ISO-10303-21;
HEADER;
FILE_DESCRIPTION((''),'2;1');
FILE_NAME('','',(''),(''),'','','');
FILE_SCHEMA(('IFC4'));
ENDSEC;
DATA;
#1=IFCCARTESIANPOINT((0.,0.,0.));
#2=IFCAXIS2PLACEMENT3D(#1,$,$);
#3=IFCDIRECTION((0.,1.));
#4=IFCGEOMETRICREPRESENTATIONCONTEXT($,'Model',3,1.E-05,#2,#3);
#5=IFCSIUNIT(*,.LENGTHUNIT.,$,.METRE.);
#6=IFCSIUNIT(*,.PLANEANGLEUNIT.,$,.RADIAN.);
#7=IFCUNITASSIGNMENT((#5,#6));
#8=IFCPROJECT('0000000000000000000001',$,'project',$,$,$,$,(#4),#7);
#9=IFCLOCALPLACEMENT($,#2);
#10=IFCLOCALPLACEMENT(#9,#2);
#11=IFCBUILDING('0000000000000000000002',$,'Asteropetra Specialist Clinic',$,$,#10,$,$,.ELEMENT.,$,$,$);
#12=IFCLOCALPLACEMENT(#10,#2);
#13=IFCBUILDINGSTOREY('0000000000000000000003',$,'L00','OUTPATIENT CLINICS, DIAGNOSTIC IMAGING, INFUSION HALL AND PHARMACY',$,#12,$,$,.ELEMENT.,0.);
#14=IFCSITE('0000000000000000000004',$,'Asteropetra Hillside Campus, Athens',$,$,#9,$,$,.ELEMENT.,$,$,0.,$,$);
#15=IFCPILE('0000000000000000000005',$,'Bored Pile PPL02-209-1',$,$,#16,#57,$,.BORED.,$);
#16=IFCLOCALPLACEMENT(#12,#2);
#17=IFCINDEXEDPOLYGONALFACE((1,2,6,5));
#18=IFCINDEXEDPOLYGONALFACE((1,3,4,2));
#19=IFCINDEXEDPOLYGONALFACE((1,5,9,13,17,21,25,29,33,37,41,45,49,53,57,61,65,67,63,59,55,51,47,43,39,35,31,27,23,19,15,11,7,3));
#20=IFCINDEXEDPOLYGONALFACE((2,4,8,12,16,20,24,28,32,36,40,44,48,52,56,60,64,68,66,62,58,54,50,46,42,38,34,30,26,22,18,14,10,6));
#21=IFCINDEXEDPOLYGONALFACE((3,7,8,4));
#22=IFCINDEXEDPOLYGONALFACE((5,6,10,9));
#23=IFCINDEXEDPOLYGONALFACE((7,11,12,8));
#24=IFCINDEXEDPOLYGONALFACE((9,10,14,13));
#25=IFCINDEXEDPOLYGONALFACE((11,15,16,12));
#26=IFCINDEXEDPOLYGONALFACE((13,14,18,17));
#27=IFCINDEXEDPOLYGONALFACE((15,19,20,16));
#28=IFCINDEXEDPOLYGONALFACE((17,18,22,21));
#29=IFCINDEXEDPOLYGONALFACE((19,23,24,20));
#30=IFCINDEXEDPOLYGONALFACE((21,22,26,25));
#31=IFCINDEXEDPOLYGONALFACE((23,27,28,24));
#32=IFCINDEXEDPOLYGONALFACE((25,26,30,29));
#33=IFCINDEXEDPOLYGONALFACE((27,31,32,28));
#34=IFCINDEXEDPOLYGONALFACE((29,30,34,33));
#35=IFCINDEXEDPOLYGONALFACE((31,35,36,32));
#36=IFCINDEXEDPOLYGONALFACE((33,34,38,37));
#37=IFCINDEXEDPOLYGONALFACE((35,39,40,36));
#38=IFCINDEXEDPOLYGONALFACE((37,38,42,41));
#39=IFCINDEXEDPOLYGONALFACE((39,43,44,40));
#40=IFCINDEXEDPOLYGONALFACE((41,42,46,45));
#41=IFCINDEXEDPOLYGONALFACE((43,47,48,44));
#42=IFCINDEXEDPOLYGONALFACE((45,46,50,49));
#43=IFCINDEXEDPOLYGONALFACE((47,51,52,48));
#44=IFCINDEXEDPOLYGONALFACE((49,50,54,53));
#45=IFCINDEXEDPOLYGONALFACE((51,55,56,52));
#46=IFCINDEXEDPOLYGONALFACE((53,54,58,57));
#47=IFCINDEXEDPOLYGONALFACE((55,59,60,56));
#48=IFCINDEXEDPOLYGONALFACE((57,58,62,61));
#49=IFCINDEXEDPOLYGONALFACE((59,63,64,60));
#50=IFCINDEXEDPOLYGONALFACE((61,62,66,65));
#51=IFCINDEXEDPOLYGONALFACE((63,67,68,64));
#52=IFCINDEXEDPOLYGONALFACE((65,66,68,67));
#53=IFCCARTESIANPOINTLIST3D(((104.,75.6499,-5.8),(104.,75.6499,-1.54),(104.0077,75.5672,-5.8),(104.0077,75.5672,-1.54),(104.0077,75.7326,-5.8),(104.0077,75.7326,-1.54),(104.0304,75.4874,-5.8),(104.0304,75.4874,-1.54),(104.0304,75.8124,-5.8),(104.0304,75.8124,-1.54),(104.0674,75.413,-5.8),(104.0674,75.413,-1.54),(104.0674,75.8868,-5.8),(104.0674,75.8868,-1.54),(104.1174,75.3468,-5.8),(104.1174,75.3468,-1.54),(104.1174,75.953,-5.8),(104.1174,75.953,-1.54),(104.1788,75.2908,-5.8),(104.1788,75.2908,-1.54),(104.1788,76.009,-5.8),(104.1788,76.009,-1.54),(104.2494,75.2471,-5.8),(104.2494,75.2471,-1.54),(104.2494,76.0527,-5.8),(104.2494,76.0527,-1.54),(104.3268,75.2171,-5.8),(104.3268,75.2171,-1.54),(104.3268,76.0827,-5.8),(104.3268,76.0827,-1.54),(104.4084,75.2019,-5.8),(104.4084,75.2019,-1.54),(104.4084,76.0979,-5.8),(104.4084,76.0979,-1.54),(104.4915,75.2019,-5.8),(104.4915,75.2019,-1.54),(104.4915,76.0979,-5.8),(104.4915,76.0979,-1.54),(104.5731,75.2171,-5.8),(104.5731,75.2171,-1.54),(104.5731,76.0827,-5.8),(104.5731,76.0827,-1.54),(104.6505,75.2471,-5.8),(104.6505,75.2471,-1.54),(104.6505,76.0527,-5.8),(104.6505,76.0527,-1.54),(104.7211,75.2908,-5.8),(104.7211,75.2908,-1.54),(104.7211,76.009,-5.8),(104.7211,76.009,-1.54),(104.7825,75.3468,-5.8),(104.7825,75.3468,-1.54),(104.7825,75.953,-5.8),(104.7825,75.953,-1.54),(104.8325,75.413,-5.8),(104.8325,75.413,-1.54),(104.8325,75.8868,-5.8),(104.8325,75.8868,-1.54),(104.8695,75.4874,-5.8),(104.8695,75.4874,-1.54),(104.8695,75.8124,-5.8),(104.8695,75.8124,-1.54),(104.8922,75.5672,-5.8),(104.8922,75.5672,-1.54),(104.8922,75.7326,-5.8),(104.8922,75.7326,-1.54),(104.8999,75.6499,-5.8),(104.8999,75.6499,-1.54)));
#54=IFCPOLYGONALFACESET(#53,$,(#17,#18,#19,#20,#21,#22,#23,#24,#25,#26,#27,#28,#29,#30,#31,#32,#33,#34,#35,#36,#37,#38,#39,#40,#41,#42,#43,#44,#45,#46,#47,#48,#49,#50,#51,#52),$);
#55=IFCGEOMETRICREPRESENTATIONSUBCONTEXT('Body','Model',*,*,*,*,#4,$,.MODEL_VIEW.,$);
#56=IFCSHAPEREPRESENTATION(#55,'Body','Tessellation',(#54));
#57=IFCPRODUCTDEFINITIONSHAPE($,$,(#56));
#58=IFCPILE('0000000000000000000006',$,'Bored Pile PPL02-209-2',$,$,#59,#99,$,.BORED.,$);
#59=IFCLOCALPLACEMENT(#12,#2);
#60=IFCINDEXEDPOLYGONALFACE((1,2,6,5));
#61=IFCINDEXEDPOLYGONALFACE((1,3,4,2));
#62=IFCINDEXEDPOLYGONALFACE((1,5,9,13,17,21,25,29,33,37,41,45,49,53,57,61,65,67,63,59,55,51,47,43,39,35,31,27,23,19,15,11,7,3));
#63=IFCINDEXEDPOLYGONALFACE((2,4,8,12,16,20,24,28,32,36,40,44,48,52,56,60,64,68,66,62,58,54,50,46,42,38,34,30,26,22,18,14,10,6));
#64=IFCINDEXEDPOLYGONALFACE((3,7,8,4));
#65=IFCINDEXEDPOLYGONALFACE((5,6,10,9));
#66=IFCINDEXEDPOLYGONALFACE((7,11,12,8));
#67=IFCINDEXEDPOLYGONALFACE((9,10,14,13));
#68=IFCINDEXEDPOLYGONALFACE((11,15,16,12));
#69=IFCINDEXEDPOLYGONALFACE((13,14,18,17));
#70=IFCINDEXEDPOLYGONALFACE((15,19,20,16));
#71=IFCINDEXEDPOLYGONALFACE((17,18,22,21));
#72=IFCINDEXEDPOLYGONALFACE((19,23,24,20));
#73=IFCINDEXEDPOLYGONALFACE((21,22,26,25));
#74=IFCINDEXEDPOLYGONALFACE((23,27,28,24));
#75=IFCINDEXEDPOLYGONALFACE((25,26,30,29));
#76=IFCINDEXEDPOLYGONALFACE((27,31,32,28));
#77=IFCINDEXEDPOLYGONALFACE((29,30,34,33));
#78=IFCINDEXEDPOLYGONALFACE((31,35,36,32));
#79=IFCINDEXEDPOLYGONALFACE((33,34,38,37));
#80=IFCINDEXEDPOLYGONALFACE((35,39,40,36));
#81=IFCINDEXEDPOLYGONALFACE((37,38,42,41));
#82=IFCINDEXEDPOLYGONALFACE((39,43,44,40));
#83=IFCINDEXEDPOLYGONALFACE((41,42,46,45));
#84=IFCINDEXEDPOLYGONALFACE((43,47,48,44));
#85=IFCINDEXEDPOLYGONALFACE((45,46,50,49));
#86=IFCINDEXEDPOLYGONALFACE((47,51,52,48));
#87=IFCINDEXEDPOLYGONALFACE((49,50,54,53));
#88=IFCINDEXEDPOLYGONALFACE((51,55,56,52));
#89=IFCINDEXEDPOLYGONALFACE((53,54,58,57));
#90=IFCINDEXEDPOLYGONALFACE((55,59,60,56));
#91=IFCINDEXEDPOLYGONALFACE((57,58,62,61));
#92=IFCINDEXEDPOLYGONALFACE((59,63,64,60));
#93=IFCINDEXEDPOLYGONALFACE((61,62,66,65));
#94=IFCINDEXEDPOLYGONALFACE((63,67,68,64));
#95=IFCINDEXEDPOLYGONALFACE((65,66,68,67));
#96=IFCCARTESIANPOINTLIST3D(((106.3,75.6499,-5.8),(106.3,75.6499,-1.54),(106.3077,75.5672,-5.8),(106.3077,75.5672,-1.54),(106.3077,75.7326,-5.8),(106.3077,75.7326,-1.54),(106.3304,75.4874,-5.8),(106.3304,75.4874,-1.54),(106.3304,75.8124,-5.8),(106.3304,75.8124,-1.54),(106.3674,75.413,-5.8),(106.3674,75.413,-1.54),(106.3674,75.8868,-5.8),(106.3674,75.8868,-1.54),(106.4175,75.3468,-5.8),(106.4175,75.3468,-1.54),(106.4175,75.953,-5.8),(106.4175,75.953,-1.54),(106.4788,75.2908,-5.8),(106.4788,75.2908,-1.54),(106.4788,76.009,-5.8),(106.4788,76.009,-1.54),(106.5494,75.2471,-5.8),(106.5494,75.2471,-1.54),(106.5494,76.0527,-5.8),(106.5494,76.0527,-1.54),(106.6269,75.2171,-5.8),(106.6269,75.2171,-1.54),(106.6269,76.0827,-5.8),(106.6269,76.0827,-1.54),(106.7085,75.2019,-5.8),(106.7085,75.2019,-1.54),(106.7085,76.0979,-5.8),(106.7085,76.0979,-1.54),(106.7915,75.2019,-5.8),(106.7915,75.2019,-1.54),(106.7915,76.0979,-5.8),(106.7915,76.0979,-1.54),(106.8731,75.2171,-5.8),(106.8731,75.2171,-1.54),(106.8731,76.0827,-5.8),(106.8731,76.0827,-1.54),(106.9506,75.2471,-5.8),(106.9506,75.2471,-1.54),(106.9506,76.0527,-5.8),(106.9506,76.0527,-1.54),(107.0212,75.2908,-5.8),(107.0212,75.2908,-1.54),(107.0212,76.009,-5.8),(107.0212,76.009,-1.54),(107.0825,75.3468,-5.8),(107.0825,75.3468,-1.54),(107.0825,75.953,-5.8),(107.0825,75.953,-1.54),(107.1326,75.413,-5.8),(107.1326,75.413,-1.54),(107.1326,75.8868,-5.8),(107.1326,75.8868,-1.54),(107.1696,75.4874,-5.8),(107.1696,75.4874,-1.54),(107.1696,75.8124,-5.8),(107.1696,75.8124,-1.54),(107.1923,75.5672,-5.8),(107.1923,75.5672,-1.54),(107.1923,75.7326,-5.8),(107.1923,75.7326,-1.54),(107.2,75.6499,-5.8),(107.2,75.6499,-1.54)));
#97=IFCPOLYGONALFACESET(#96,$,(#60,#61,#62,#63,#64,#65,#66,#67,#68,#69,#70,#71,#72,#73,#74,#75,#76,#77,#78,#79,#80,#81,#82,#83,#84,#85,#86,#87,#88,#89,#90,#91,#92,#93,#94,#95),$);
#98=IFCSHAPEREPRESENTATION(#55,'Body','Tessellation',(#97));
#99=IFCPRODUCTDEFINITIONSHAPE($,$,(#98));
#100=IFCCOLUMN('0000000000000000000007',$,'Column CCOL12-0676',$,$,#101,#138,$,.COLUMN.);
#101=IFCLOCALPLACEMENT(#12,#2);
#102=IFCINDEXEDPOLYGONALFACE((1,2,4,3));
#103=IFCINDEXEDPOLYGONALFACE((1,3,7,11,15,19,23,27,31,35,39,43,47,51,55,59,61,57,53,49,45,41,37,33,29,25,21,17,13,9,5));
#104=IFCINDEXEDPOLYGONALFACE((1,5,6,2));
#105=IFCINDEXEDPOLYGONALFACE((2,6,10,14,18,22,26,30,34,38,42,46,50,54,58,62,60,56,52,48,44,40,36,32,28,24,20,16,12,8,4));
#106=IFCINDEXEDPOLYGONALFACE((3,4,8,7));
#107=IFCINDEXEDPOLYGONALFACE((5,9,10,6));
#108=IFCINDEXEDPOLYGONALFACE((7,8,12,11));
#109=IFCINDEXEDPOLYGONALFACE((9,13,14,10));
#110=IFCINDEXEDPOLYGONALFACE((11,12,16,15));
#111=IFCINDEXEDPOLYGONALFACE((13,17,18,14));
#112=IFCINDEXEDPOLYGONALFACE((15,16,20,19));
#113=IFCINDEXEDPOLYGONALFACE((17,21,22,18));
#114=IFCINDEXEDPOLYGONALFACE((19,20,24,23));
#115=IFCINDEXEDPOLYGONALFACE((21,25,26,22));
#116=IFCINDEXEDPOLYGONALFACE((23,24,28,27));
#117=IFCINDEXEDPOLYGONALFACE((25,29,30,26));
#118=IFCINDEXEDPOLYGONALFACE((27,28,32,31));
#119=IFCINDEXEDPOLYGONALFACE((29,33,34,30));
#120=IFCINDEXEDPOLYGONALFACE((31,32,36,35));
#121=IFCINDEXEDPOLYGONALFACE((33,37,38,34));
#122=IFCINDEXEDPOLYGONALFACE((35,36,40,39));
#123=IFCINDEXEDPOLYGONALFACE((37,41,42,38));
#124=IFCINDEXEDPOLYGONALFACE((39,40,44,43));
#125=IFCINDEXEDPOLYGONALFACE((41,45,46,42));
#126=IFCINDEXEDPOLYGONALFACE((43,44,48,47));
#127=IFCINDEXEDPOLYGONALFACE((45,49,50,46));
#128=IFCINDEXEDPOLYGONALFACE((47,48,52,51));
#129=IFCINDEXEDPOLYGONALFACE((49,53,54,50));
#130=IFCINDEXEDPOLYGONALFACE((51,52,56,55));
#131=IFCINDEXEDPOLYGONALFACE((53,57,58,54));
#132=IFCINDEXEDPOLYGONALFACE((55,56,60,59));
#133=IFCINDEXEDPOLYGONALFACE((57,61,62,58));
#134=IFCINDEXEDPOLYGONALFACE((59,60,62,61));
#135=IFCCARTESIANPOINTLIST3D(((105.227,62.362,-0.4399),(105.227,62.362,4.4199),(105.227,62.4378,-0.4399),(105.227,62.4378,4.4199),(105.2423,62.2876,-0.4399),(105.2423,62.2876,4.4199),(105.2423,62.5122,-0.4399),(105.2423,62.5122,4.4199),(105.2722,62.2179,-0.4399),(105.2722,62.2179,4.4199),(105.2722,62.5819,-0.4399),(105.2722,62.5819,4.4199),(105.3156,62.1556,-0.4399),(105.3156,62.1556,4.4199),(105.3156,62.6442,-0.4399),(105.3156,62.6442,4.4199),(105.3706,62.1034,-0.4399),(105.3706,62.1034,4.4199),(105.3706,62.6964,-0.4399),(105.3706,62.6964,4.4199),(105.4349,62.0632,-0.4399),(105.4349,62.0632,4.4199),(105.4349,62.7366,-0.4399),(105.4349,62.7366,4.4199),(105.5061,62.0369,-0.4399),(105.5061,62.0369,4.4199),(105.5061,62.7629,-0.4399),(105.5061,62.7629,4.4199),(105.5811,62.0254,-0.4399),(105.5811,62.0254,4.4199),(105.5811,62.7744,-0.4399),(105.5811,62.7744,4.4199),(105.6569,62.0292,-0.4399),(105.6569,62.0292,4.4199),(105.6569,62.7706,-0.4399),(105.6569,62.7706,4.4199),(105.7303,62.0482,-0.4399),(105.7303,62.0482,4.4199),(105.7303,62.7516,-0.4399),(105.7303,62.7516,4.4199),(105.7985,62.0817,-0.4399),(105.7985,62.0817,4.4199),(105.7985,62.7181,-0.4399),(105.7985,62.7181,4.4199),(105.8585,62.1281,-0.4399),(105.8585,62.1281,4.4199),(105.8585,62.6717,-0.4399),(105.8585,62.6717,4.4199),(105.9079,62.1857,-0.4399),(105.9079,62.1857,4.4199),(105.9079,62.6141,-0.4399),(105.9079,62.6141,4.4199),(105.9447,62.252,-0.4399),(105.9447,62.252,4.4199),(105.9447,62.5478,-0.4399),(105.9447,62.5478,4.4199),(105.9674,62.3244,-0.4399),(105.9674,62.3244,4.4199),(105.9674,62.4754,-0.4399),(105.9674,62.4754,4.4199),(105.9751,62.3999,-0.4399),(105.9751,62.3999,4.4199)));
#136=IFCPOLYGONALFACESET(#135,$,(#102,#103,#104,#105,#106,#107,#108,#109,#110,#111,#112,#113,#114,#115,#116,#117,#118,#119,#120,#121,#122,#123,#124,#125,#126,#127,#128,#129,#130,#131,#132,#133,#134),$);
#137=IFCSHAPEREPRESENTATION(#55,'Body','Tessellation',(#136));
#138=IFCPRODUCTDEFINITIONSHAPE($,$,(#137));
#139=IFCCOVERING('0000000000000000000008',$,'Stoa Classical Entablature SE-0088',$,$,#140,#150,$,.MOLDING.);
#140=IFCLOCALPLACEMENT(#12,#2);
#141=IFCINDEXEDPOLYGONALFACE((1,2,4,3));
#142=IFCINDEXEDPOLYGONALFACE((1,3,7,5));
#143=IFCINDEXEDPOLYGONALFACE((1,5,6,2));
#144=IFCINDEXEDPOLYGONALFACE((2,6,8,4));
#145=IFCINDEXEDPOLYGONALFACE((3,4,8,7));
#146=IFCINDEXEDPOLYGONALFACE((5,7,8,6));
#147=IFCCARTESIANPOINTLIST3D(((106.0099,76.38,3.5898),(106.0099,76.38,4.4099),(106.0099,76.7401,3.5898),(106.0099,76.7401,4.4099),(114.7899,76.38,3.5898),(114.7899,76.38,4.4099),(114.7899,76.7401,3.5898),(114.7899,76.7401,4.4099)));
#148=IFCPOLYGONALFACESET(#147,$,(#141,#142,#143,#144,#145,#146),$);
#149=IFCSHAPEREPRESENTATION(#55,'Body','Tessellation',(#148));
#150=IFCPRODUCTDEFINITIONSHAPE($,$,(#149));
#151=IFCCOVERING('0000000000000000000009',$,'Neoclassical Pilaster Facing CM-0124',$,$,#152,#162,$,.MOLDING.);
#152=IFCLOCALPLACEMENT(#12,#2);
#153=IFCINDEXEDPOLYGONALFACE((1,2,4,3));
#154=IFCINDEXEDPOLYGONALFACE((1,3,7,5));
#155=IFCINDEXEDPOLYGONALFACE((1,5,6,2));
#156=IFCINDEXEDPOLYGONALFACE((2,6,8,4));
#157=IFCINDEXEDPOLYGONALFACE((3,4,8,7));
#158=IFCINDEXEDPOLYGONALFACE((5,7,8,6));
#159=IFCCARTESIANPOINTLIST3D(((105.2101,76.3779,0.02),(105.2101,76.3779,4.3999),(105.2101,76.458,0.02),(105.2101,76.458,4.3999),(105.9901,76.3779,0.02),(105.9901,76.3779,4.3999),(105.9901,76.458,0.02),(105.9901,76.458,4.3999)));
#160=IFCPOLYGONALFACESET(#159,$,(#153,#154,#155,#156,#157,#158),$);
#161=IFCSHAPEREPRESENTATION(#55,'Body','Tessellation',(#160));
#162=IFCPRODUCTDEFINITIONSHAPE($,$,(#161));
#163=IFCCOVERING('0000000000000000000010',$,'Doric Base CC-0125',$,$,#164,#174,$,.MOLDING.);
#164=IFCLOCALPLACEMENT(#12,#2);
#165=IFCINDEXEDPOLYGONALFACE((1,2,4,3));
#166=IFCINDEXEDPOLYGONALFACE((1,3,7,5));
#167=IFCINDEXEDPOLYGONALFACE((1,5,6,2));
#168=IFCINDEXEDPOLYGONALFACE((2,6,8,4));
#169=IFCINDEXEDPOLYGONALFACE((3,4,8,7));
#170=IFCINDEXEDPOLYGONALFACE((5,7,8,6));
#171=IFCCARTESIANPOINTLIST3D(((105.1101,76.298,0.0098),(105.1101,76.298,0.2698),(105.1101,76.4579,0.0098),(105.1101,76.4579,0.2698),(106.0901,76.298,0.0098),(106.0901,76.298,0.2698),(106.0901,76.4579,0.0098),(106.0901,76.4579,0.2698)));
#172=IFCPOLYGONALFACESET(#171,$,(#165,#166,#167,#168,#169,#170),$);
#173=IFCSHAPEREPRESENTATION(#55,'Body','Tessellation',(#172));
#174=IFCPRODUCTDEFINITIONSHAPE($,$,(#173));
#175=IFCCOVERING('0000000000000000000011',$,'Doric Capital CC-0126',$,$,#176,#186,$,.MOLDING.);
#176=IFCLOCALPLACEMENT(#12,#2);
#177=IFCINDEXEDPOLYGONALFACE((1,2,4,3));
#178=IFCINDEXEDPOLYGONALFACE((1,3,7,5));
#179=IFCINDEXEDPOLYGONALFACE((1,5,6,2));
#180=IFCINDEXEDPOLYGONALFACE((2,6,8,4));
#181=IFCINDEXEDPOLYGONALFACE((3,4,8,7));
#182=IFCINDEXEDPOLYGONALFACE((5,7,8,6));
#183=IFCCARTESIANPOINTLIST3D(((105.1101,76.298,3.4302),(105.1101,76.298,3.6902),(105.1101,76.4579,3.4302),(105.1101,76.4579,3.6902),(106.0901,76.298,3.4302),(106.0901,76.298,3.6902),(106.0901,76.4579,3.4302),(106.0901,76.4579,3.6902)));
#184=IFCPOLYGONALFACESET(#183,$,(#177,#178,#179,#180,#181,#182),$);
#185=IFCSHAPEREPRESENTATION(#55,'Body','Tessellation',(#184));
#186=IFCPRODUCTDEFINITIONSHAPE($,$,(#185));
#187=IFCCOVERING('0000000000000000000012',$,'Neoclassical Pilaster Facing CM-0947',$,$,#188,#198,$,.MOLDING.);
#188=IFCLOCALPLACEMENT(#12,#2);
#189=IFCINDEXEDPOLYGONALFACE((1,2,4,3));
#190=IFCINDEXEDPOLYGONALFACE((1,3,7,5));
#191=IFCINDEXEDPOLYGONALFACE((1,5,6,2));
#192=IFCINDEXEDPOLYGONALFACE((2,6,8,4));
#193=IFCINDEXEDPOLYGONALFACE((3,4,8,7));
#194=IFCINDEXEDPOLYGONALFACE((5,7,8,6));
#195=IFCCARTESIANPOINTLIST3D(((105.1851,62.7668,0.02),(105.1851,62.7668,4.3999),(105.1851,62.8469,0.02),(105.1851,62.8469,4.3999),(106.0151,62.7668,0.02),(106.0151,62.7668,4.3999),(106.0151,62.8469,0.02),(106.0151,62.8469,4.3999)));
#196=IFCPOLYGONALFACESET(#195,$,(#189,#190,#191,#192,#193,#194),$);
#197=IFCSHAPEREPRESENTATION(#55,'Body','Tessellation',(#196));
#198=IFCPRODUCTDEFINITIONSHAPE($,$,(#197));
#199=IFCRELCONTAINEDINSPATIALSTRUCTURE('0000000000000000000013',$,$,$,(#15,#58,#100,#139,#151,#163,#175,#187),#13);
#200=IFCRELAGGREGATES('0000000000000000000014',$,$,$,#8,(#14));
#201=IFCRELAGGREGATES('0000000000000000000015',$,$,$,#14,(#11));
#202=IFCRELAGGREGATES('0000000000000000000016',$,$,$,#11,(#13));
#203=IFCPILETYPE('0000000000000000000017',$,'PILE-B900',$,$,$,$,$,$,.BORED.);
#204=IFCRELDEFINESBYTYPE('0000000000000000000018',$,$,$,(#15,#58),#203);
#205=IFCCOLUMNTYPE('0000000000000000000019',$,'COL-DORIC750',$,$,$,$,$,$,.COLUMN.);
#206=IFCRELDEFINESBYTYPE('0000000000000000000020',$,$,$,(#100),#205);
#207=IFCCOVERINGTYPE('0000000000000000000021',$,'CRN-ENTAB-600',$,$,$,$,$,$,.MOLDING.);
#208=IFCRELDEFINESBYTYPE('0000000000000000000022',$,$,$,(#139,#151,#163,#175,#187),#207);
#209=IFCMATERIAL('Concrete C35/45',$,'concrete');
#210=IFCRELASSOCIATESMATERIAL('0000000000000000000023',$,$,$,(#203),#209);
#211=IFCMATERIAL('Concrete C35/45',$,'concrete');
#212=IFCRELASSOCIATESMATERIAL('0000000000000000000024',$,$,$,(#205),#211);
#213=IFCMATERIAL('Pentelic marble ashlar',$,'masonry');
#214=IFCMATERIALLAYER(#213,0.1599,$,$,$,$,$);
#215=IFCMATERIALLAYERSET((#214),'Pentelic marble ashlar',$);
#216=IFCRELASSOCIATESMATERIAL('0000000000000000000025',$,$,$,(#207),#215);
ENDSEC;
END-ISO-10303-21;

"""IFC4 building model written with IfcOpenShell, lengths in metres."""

from ifc_helpers import new_model, si_unit, direction, frame, origin, origin_2d, place, context, subcontext, project, spatial, rectangle, circle, extrude, material, layer, layer_set, material_profile, profile_set, type_object, element, save


model = new_model("IFC4")

# Units and contexts
model_context = context("Model", 3, precision=1e-05, world=origin(), true_north=direction((0.0, 1.0)))
body_context = subcontext(model_context, "Body", "Model", "MODEL_VIEW")
ifc_project = project(units=[si_unit("LENGTHUNIT", "METRE"), si_unit("PLANEANGLEUNIT", "RADIAN")], contexts=[model_context])

# Site, building, storey
site_placement = place(None, origin())
site = spatial("IfcSite", under=ifc_project, at=site_placement, Name="Asteropetra Hillside Campus, Athens", CompositionType="ELEMENT", RefElevation=0.0)
building_placement = place(site_placement, origin())
building = spatial("IfcBuilding", under=site, at=building_placement, Name="Asteropetra Specialist Clinic", CompositionType="ELEMENT")
storey_placement = place(building_placement, origin())
storey = spatial("IfcBuildingStorey", under=building, at=storey_placement, Name="L00", Description="OUTPATIENT CLINICS, DIAGNOSTIC IMAGING, INFUSION HALL AND PHARMACY", CompositionType="ELEMENT", Elevation=0.0)

# Piles
ifc_material_1 = material(Name="Concrete C35/45", Category="concrete")
ifc_material_profile_1 = material_profile(ifc_material_1, circle(Radius=0.45, at=origin_2d()), Name="PILE D900")
ifc_profile_set_1 = profile_set([ifc_material_profile_1], Name="Concrete C35/45")
pile_type_1 = type_object("IfcPileType", Name="PILE-B900", PredefinedType="BORED", material=ifc_profile_set_1)
for number, where, z_axis, x_axis, name in (
    (1, (104.45, 75.6499, -1.54), (0.0, 0.0, -1.0), (1.0, 0.0, 0.0), "Bored Pile PPL02-209-1"),
    (2, (106.75, 75.6499, -1.54), (0.0, 0.0, -1.0), (1.0, 0.0, 0.0), "Bored Pile PPL02-209-2"),
):
    element("IfcPile", number, at=place(storey_placement, frame(where, z_axis=z_axis, x_axis=x_axis)), inside=storey, type_object=pile_type_1, Name=name, PredefinedType="BORED", context=body_context, shape_type="SweptSolid", body=[
        extrude(circle(Radius=0.45, at=origin_2d()), origin(), (0.0, 0.0, 1.0), 4.26),
    ])

# Column
ifc_material_2 = material(Name="Concrete C35/45", Category="concrete")
ifc_material_profile_2 = material_profile(ifc_material_2, circle(Radius=0.375, at=origin_2d()), Name="RCC D750")
ifc_profile_set_2 = profile_set([ifc_material_profile_2], Name="Concrete C35/45")
column_type = type_object("IfcColumnType", Name="COL-DORIC750", PredefinedType="COLUMN", material=ifc_profile_set_2)
column_placement = place(storey_placement, frame((105.6001, 62.3999, -0.4399), z_axis=(0.0, 0.0, 1.0), x_axis=(1.0, 0.0, 0.0)))
element("IfcColumn", 3, at=column_placement, inside=storey, type_object=column_type, Name="Column CCOL12-0676", PredefinedType="COLUMN", context=body_context, shape_type="SweptSolid", body=[
    extrude(circle(Radius=0.375, at=origin_2d()), origin(), (0.0, 0.0, 1.0), 4.8599),
])

# Coverings
ifc_material_3 = material(Name="Pentelic marble ashlar", Category="masonry")
ifc_layer = layer(ifc_material_3, 0.1599)
ifc_layer_set = layer_set([ifc_layer], Name="Pentelic marble ashlar")
covering_type = type_object("IfcCoveringType", Name="CRN-ENTAB-600", PredefinedType="MOLDING", material=ifc_layer_set)
covering_1_placement = place(storey_placement, frame((110.3999, 76.5601, 3.5898), z_axis=(0.0, 0.0, 1.0), x_axis=(1.0, 0.0, 0.0)))
element("IfcCovering", 4, at=covering_1_placement, inside=storey, type_object=covering_type, Name="Stoa Classical Entablature SE-0088", PredefinedType="MOLDING", context=body_context, shape_type="SweptSolid", body=[
    extrude(rectangle(XDim=8.78, YDim=0.3601, at=origin_2d()), origin(), (0.0, 0.0, 1.0), 0.8201),
])
covering_2_placement = place(storey_placement, frame((105.6001, 76.418, 0.02), z_axis=(0.0, 0.0, 1.0), x_axis=(1.0, 0.0, 0.0)))
element("IfcCovering", 5, at=covering_2_placement, inside=storey, type_object=covering_type, Name="Neoclassical Pilaster Facing CM-0124", PredefinedType="MOLDING", context=body_context, shape_type="SweptSolid", body=[
    extrude(rectangle(XDim=0.78, YDim=0.0801, at=origin_2d()), origin(), (0.0, 0.0, 1.0), 4.3799),
])
for number, where, z_axis, x_axis, name in (
    (6, (105.6001, 76.3779, 0.0098), (0.0, 0.0, 1.0), (1.0, 0.0, 0.0), "Doric Base CC-0125"),
    (7, (105.6001, 76.3779, 3.4302), (0.0, 0.0, 1.0), (1.0, 0.0, 0.0), "Doric Capital CC-0126"),
):
    element("IfcCovering", number, at=place(storey_placement, frame(where, z_axis=z_axis, x_axis=x_axis)), inside=storey, type_object=covering_type, Name=name, PredefinedType="MOLDING", context=body_context, shape_type="SweptSolid", body=[
        extrude(rectangle(XDim=0.98, YDim=0.1599, at=origin_2d()), origin(), (0.0, 0.0, 1.0), 0.26),
    ])
covering_3_placement = place(storey_placement, frame((105.6001, 62.8069, 0.02), z_axis=(0.0, 0.0, 1.0), x_axis=(1.0, 0.0, 0.0)))
element("IfcCovering", 8, at=covering_3_placement, inside=storey, type_object=covering_type, Name="Neoclassical Pilaster Facing CM-0947", PredefinedType="MOLDING", context=body_context, shape_type="SweptSolid", body=[
    extrude(rectangle(XDim=0.8301, YDim=0.0801, at=origin_2d()), origin(), (0.0, 0.0, 1.0), 4.3799),
])

save(model, "model.ifc")
